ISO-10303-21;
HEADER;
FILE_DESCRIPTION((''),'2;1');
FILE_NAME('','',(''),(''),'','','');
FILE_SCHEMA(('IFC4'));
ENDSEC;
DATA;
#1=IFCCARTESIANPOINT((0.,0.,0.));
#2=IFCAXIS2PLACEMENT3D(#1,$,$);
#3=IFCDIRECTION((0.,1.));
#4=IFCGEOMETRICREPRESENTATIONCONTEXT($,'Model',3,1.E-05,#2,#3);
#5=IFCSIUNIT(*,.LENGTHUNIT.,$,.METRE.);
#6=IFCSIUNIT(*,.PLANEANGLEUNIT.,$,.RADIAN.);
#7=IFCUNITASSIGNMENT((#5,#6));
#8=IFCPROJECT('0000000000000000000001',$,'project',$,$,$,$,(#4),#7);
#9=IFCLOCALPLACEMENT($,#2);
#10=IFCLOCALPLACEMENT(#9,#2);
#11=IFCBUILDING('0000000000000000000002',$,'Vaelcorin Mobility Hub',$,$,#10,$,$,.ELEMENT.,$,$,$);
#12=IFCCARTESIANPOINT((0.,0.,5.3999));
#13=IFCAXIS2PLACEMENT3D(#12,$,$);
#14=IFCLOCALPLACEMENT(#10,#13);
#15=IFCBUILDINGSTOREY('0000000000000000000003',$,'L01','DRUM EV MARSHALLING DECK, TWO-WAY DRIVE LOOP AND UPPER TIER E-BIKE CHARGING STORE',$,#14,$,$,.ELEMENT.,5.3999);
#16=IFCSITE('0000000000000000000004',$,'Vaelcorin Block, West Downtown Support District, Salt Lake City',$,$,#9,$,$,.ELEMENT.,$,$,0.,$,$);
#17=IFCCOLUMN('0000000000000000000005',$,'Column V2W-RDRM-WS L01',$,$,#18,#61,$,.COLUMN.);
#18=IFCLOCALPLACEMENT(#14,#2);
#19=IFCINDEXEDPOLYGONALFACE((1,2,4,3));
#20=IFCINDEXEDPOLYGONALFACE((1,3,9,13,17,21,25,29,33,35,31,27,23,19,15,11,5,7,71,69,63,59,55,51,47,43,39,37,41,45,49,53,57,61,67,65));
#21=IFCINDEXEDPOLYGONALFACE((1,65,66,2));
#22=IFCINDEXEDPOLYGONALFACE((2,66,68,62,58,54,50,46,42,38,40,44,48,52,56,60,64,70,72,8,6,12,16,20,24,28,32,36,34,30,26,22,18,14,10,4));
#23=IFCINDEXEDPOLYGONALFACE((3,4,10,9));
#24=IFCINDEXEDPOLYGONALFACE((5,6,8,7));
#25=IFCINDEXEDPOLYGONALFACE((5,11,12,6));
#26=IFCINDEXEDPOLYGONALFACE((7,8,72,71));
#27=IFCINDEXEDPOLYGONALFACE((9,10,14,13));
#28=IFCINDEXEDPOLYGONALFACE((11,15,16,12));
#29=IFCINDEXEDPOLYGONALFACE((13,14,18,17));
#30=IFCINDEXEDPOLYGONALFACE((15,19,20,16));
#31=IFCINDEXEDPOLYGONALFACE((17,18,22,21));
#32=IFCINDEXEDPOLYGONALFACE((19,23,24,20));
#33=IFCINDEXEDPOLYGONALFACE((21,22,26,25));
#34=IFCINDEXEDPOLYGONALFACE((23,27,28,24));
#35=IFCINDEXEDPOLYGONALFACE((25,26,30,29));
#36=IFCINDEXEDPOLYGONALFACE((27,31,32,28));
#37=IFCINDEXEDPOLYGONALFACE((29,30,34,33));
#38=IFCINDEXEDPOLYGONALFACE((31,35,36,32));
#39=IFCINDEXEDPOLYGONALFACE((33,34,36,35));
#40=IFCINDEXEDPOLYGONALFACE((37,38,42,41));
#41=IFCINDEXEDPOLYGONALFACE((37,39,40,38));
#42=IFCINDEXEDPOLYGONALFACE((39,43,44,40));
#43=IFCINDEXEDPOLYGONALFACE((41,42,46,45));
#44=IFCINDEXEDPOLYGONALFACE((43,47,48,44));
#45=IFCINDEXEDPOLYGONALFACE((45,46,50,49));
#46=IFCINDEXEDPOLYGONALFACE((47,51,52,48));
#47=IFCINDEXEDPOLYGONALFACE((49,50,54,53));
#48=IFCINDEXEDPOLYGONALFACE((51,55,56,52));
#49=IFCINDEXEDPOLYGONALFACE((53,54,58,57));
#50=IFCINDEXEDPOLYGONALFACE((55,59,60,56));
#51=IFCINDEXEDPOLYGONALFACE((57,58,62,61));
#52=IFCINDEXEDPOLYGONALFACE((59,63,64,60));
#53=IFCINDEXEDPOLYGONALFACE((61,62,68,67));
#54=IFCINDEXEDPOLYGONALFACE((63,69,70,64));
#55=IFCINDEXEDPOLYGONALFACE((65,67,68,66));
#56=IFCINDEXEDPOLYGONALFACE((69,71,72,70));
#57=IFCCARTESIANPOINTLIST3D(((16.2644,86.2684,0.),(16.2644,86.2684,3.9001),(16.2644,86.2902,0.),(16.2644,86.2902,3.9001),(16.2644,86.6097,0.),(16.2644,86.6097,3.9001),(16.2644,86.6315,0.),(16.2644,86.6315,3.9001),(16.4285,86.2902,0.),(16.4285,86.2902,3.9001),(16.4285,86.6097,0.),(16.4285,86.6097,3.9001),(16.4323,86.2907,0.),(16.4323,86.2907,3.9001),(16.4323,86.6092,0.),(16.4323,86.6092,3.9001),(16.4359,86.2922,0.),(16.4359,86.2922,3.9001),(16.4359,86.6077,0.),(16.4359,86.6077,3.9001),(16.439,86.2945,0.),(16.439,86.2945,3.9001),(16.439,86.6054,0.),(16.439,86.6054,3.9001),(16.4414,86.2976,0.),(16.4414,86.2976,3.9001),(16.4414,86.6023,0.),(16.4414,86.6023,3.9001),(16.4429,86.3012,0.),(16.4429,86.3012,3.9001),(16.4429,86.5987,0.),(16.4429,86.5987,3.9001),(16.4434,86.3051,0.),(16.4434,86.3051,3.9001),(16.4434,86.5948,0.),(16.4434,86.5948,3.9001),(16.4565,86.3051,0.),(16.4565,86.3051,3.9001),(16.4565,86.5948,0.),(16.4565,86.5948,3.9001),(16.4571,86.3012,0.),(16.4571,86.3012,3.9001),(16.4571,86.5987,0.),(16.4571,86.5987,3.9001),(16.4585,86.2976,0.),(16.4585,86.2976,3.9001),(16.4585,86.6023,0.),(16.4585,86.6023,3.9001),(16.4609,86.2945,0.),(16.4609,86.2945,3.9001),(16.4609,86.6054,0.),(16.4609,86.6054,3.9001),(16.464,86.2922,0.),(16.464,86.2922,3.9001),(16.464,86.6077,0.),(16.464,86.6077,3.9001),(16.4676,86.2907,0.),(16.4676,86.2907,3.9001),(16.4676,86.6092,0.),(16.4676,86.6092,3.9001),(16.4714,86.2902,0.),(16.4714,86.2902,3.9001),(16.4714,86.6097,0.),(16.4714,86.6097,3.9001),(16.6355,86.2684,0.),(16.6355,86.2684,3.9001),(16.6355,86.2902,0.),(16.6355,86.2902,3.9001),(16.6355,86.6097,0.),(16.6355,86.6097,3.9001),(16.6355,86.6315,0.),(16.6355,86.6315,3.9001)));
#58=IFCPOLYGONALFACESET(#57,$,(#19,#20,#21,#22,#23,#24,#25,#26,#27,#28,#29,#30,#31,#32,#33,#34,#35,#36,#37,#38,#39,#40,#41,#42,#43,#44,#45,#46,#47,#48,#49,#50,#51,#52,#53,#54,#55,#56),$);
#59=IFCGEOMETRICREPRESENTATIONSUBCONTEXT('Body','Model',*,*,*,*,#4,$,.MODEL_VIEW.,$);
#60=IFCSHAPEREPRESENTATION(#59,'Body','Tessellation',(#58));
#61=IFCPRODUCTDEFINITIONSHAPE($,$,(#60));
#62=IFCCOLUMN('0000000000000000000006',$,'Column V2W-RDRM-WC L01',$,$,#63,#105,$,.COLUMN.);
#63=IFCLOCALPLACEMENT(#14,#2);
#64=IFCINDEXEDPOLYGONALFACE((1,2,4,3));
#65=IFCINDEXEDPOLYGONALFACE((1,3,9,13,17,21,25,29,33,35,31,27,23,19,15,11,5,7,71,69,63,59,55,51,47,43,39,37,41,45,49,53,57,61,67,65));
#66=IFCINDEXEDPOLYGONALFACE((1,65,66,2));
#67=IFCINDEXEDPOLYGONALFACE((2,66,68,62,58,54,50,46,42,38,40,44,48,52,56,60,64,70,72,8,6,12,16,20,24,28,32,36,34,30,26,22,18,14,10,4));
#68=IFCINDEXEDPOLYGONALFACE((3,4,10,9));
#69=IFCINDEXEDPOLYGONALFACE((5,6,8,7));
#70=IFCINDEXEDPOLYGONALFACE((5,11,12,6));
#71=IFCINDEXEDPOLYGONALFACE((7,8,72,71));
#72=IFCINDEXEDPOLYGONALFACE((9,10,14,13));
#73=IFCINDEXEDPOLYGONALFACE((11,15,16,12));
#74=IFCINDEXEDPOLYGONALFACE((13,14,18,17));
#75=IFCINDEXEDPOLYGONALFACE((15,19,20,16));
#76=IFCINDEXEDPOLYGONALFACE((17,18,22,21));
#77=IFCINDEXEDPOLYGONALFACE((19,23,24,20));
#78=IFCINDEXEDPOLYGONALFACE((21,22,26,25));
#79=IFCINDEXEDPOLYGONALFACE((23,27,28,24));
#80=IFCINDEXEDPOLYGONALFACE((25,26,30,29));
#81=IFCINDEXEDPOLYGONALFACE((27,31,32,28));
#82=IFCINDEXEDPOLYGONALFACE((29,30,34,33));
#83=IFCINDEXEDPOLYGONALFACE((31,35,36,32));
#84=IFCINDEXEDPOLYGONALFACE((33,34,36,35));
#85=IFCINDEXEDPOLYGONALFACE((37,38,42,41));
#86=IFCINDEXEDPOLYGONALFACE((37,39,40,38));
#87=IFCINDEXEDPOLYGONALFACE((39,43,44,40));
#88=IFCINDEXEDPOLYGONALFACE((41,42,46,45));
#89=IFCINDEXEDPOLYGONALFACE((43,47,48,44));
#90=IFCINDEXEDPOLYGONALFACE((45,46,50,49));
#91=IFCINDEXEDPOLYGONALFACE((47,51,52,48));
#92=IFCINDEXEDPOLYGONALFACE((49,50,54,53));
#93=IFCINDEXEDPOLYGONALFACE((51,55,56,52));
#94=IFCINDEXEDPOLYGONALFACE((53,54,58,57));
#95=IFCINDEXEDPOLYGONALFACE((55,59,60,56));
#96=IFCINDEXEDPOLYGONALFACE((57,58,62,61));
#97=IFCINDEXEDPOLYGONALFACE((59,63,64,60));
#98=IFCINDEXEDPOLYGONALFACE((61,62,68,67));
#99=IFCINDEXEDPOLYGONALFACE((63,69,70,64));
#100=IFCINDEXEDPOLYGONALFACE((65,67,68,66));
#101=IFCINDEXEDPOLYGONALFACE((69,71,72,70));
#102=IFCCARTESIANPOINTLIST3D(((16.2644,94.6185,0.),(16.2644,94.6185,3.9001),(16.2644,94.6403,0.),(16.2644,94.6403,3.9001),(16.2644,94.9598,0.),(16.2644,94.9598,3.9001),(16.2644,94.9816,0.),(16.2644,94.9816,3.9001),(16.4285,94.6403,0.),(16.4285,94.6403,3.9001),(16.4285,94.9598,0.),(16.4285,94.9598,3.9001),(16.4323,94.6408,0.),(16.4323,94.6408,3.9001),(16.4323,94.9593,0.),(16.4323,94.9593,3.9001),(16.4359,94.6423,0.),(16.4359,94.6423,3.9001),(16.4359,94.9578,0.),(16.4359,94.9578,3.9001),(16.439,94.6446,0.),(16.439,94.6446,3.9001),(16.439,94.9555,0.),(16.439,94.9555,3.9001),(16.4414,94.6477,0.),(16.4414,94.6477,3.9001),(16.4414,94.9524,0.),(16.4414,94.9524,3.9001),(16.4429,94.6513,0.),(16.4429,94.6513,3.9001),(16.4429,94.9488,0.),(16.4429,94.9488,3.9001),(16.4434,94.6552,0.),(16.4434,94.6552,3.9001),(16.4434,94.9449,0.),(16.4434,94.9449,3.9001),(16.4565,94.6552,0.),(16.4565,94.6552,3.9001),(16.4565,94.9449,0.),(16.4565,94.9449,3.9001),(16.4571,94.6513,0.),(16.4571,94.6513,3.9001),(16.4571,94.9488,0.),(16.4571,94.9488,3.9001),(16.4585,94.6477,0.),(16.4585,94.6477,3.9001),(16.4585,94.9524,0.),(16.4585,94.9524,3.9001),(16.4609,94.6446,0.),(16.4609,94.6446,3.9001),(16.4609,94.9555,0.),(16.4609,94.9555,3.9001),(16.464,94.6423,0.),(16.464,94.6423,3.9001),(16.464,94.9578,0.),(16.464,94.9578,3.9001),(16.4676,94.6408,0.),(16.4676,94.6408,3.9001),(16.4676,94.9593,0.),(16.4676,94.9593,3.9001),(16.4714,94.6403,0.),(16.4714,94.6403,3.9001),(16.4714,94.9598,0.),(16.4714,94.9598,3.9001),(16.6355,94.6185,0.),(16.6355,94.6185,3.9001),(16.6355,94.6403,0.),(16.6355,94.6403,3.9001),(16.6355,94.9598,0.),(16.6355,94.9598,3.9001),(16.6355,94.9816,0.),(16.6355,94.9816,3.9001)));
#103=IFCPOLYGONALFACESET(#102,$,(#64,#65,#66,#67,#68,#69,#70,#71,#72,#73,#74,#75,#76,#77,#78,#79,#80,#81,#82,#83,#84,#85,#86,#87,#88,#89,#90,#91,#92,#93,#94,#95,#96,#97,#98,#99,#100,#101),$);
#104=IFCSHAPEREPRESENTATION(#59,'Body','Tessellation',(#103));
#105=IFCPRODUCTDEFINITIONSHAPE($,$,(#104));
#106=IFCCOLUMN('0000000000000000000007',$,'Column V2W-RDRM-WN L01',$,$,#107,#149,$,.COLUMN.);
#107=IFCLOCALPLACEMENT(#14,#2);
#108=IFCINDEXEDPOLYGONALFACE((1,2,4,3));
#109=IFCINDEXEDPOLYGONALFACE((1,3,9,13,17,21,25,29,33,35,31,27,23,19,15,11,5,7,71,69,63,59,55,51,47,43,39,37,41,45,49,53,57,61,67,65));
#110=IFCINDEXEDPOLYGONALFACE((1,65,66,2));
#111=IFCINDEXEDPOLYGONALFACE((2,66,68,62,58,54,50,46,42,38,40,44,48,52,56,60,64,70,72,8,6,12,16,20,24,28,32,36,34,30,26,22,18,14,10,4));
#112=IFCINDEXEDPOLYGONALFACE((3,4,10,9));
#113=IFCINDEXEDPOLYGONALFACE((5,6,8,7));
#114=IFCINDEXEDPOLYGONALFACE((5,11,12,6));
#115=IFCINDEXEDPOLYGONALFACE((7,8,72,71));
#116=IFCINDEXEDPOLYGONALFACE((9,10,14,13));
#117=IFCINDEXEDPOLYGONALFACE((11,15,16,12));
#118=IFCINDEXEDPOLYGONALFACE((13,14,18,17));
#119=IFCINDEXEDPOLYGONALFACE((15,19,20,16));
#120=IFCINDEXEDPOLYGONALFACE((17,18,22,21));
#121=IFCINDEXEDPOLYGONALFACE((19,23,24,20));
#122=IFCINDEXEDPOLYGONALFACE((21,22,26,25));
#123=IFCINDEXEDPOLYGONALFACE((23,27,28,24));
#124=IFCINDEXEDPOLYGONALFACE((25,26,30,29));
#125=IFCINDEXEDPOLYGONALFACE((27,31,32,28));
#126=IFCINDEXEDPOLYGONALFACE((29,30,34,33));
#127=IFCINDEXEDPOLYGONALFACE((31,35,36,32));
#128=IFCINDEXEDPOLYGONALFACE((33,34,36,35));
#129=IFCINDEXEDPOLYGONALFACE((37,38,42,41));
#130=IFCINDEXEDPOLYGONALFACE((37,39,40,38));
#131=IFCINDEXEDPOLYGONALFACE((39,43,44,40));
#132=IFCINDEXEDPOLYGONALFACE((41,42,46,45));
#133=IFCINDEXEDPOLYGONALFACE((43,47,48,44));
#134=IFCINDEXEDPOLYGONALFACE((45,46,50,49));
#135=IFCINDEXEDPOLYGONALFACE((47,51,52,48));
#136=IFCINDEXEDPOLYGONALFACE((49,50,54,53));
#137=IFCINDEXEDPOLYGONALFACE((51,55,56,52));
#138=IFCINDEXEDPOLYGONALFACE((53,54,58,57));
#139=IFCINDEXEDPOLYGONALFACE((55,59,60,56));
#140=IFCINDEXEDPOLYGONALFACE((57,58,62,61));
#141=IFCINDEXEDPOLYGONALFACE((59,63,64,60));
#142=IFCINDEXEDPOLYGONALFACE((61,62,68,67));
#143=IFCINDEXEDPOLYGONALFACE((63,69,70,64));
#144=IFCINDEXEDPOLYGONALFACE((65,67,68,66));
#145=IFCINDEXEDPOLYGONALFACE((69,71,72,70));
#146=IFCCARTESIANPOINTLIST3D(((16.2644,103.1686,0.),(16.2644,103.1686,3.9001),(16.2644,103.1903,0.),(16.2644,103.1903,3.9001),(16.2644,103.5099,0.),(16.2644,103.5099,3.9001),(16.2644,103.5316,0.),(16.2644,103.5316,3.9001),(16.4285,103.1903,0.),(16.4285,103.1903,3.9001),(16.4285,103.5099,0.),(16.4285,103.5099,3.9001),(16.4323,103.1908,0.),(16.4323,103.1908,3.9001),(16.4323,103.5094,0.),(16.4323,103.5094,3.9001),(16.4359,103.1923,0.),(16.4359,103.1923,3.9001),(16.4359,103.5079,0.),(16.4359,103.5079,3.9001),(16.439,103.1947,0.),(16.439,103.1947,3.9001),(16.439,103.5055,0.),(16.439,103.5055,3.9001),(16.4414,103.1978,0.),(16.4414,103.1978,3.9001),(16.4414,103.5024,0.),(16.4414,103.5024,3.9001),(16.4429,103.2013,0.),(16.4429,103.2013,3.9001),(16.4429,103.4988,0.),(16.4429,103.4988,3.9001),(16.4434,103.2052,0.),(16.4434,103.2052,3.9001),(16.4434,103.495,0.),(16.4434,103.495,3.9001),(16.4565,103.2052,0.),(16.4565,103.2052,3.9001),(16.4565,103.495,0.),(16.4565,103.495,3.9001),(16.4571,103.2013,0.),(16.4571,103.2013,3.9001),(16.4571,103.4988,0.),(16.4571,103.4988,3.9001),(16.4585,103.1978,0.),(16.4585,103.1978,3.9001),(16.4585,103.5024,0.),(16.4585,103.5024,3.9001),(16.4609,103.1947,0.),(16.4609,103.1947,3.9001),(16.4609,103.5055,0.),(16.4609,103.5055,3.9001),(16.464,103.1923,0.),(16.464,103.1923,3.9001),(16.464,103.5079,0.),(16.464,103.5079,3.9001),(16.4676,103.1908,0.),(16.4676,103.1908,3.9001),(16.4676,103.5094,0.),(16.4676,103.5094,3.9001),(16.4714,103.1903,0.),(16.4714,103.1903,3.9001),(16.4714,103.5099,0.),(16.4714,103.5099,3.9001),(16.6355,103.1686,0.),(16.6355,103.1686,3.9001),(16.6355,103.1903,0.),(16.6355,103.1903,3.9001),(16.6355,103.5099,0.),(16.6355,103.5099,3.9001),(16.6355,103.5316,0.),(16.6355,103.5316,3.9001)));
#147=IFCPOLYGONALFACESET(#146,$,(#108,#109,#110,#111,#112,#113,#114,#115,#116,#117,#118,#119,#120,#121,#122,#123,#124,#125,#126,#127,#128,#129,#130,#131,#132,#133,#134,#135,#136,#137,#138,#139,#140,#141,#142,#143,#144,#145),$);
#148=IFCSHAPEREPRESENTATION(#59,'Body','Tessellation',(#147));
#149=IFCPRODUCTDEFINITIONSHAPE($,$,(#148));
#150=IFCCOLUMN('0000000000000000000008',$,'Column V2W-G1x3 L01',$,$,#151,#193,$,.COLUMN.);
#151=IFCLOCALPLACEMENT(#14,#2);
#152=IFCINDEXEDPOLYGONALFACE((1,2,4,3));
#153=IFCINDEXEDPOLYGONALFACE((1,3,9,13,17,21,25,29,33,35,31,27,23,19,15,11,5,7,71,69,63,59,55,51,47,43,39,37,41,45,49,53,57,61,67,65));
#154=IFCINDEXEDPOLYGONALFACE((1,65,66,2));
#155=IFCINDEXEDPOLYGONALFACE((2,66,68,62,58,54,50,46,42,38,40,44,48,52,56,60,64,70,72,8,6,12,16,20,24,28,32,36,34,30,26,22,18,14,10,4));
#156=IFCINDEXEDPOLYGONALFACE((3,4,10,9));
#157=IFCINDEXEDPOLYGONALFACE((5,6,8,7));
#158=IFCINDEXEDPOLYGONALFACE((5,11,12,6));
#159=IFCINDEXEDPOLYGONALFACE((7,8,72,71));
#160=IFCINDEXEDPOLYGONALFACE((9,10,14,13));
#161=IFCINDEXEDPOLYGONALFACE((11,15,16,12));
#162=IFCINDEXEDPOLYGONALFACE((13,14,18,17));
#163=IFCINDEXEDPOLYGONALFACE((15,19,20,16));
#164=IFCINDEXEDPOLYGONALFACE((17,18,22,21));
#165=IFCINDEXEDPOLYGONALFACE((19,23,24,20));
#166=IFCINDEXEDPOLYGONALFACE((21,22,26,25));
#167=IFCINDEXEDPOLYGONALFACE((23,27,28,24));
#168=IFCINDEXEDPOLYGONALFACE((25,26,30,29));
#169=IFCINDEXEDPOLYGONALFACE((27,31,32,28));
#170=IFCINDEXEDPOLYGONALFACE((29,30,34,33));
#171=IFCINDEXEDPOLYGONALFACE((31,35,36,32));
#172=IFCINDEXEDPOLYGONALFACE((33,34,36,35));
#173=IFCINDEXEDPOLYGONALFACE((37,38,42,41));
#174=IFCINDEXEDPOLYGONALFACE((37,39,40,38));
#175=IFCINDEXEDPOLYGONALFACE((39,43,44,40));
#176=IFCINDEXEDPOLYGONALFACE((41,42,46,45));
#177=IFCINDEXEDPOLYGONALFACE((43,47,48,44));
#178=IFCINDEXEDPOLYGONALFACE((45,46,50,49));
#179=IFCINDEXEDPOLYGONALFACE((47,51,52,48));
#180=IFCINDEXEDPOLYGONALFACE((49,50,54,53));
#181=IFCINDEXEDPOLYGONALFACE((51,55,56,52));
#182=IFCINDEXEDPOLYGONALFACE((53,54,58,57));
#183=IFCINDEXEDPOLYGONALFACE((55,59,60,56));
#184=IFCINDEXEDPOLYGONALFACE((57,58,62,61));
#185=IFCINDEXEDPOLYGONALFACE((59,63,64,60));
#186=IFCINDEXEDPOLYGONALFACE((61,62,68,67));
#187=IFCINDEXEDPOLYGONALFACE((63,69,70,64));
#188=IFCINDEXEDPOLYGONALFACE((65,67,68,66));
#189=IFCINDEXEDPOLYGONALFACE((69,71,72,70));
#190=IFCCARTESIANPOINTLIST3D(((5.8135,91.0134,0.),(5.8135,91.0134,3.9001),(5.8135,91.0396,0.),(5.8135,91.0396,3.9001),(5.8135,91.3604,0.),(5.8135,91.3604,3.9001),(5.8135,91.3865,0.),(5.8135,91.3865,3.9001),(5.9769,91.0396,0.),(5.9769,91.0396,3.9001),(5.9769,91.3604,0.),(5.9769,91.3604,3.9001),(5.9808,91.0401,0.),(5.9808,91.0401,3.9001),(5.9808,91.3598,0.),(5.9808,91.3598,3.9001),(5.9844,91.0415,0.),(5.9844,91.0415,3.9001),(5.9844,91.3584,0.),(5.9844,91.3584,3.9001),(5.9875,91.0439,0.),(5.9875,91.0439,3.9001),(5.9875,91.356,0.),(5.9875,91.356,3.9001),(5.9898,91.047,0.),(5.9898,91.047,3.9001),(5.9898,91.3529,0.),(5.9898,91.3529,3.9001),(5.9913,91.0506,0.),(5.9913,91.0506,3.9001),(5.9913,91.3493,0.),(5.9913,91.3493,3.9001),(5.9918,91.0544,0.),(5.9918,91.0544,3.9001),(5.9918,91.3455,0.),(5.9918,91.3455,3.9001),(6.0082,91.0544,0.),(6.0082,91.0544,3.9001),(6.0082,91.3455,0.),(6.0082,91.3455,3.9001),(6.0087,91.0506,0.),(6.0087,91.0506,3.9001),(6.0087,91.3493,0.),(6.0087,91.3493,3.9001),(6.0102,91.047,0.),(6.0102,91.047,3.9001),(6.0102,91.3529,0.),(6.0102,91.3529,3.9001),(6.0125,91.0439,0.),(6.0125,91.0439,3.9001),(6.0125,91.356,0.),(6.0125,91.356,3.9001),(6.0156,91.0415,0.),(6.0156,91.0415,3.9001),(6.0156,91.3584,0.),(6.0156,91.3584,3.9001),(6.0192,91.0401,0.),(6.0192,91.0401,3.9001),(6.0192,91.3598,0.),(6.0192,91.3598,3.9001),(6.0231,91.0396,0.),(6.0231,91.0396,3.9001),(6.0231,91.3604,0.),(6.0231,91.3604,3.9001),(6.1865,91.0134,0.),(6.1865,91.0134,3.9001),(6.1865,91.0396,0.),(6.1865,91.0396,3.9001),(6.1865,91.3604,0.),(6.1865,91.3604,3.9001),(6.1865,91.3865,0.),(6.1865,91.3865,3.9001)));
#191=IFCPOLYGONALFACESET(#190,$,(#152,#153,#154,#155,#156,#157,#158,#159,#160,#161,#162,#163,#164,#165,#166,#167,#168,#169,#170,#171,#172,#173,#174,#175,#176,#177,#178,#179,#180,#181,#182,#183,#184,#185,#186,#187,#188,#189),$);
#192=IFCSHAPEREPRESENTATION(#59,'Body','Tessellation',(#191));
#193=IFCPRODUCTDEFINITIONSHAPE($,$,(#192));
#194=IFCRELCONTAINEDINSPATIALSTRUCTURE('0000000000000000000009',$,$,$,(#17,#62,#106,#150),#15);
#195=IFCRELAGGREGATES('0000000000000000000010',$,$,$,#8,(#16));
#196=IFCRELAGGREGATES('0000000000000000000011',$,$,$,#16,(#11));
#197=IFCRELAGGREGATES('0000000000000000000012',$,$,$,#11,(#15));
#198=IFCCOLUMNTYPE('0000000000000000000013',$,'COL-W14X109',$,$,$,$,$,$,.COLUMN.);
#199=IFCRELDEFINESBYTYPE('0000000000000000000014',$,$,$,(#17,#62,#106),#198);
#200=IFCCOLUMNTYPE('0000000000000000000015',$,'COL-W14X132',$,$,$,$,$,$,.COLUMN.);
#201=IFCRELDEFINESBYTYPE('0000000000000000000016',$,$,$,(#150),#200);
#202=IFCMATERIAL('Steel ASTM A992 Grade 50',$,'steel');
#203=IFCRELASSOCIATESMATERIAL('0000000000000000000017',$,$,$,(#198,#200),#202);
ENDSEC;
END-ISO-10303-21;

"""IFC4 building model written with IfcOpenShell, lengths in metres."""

from ifc_helpers import new_model, si_unit, direction, frame, origin, origin_2d, place, context, subcontext, project, spatial, i_section, extrude, material, material_profile, profile_set, type_object, element, save


model = new_model("IFC4")

# Units and contexts
model_context = context("Model", 3, precision=1e-05, world=origin(), true_north=direction((0.0, 1.0)))
body_context = subcontext(model_context, "Body", "Model", "MODEL_VIEW")
ifc_project = project(units=[si_unit("LENGTHUNIT", "METRE"), si_unit("PLANEANGLEUNIT", "RADIAN")], contexts=[model_context])

# Site, building, storey
site_placement = place(None, origin())
site = spatial("IfcSite", under=ifc_project, at=site_placement, Name="Vaelcorin Block, West Downtown Support District, Salt Lake City", CompositionType="ELEMENT", RefElevation=0.0)
building_placement = place(site_placement, origin())
building = spatial("IfcBuilding", under=site, at=building_placement, Name="Vaelcorin Mobility Hub", CompositionType="ELEMENT")
storey_placement = place(building_placement, frame((0.0, 0.0, 5.3999)))
storey = spatial("IfcBuildingStorey", under=building, at=storey_placement, Name="L01", Description="DRUM EV MARSHALLING DECK, TWO-WAY DRIVE LOOP AND UPPER TIER E-BIKE CHARGING STORE", CompositionType="ELEMENT", Elevation=5.3999)

# Columns
ifc_material_1 = material(Name="Steel ASTM A992 Grade 50", Category="steel")
ifc_material_profile_1 = material_profile(ifc_material_1, i_section(OverallWidth=0.3711, OverallDepth=0.363, WebThickness=0.0132, FlangeThickness=0.0217, FilletRadius=0.0149, at=origin_2d()), Name="W14X109")
ifc_profile_set_1 = profile_set([ifc_material_profile_1], Name="Steel ASTM A992 Grade 50")
column_type_1 = type_object("IfcColumnType", Name="COL-W14X109", PredefinedType="COLUMN", material=ifc_profile_set_1)
for number, where, z_axis, x_axis, name in (
    (1, (16.45, 86.45, 0.0), (0.0, 0.0, 1.0), (1.0, 0.0, 0.0), "Column V2W-RDRM-WS L01"),
    (2, (16.45, 94.8, 0.0), (0.0, 0.0, 1.0), (1.0, 0.0, 0.0), "Column V2W-RDRM-WC L01"),
    (3, (16.45, 103.3501, 0.0), (0.0, 0.0, 1.0), (1.0, 0.0, 0.0), "Column V2W-RDRM-WN L01"),
):
    element("IfcColumn", number, at=place(storey_placement, frame(where, z_axis=z_axis, x_axis=x_axis)), inside=storey, type_object=column_type_1, Name=name, PredefinedType="COLUMN", context=body_context, shape_type="SweptSolid", body=[
        extrude(i_section(OverallWidth=0.3711, OverallDepth=0.363, WebThickness=0.0132, FlangeThickness=0.0217, FilletRadius=0.0149, at=origin_2d()), origin(), (0.0, 0.0, 1.0), 3.9001),
    ])
ifc_material_profile_2 = material_profile(ifc_material_1, i_section(OverallWidth=0.373, OverallDepth=0.373, WebThickness=0.0164, FlangeThickness=0.0261, FilletRadius=0.0149, at=origin_2d()), Name="W14X132")
ifc_profile_set_2 = profile_set([ifc_material_profile_2], Name="Steel ASTM A992 Grade 50")
column_type_2 = type_object("IfcColumnType", Name="COL-W14X132", PredefinedType="COLUMN", material=ifc_profile_set_2)
for number, where, z_axis, x_axis, name in (
    (4, (6.0, 91.2, 0.0), (0.0, 0.0, 1.0), (1.0, 0.0, 0.0), "Column V2W-G1x3 L01"),
):
    element("IfcColumn", number, at=place(storey_placement, frame(where, z_axis=z_axis, x_axis=x_axis)), inside=storey, type_object=column_type_2, Name=name, PredefinedType="COLUMN", context=body_context, shape_type="SweptSolid", body=[
        extrude(i_section(OverallWidth=0.373, OverallDepth=0.373, WebThickness=0.0164, FlangeThickness=0.0261, FilletRadius=0.0149, at=origin_2d()), origin(), (0.0, 0.0, 1.0), 3.9001),
    ])

save(model, "model.ifc")
